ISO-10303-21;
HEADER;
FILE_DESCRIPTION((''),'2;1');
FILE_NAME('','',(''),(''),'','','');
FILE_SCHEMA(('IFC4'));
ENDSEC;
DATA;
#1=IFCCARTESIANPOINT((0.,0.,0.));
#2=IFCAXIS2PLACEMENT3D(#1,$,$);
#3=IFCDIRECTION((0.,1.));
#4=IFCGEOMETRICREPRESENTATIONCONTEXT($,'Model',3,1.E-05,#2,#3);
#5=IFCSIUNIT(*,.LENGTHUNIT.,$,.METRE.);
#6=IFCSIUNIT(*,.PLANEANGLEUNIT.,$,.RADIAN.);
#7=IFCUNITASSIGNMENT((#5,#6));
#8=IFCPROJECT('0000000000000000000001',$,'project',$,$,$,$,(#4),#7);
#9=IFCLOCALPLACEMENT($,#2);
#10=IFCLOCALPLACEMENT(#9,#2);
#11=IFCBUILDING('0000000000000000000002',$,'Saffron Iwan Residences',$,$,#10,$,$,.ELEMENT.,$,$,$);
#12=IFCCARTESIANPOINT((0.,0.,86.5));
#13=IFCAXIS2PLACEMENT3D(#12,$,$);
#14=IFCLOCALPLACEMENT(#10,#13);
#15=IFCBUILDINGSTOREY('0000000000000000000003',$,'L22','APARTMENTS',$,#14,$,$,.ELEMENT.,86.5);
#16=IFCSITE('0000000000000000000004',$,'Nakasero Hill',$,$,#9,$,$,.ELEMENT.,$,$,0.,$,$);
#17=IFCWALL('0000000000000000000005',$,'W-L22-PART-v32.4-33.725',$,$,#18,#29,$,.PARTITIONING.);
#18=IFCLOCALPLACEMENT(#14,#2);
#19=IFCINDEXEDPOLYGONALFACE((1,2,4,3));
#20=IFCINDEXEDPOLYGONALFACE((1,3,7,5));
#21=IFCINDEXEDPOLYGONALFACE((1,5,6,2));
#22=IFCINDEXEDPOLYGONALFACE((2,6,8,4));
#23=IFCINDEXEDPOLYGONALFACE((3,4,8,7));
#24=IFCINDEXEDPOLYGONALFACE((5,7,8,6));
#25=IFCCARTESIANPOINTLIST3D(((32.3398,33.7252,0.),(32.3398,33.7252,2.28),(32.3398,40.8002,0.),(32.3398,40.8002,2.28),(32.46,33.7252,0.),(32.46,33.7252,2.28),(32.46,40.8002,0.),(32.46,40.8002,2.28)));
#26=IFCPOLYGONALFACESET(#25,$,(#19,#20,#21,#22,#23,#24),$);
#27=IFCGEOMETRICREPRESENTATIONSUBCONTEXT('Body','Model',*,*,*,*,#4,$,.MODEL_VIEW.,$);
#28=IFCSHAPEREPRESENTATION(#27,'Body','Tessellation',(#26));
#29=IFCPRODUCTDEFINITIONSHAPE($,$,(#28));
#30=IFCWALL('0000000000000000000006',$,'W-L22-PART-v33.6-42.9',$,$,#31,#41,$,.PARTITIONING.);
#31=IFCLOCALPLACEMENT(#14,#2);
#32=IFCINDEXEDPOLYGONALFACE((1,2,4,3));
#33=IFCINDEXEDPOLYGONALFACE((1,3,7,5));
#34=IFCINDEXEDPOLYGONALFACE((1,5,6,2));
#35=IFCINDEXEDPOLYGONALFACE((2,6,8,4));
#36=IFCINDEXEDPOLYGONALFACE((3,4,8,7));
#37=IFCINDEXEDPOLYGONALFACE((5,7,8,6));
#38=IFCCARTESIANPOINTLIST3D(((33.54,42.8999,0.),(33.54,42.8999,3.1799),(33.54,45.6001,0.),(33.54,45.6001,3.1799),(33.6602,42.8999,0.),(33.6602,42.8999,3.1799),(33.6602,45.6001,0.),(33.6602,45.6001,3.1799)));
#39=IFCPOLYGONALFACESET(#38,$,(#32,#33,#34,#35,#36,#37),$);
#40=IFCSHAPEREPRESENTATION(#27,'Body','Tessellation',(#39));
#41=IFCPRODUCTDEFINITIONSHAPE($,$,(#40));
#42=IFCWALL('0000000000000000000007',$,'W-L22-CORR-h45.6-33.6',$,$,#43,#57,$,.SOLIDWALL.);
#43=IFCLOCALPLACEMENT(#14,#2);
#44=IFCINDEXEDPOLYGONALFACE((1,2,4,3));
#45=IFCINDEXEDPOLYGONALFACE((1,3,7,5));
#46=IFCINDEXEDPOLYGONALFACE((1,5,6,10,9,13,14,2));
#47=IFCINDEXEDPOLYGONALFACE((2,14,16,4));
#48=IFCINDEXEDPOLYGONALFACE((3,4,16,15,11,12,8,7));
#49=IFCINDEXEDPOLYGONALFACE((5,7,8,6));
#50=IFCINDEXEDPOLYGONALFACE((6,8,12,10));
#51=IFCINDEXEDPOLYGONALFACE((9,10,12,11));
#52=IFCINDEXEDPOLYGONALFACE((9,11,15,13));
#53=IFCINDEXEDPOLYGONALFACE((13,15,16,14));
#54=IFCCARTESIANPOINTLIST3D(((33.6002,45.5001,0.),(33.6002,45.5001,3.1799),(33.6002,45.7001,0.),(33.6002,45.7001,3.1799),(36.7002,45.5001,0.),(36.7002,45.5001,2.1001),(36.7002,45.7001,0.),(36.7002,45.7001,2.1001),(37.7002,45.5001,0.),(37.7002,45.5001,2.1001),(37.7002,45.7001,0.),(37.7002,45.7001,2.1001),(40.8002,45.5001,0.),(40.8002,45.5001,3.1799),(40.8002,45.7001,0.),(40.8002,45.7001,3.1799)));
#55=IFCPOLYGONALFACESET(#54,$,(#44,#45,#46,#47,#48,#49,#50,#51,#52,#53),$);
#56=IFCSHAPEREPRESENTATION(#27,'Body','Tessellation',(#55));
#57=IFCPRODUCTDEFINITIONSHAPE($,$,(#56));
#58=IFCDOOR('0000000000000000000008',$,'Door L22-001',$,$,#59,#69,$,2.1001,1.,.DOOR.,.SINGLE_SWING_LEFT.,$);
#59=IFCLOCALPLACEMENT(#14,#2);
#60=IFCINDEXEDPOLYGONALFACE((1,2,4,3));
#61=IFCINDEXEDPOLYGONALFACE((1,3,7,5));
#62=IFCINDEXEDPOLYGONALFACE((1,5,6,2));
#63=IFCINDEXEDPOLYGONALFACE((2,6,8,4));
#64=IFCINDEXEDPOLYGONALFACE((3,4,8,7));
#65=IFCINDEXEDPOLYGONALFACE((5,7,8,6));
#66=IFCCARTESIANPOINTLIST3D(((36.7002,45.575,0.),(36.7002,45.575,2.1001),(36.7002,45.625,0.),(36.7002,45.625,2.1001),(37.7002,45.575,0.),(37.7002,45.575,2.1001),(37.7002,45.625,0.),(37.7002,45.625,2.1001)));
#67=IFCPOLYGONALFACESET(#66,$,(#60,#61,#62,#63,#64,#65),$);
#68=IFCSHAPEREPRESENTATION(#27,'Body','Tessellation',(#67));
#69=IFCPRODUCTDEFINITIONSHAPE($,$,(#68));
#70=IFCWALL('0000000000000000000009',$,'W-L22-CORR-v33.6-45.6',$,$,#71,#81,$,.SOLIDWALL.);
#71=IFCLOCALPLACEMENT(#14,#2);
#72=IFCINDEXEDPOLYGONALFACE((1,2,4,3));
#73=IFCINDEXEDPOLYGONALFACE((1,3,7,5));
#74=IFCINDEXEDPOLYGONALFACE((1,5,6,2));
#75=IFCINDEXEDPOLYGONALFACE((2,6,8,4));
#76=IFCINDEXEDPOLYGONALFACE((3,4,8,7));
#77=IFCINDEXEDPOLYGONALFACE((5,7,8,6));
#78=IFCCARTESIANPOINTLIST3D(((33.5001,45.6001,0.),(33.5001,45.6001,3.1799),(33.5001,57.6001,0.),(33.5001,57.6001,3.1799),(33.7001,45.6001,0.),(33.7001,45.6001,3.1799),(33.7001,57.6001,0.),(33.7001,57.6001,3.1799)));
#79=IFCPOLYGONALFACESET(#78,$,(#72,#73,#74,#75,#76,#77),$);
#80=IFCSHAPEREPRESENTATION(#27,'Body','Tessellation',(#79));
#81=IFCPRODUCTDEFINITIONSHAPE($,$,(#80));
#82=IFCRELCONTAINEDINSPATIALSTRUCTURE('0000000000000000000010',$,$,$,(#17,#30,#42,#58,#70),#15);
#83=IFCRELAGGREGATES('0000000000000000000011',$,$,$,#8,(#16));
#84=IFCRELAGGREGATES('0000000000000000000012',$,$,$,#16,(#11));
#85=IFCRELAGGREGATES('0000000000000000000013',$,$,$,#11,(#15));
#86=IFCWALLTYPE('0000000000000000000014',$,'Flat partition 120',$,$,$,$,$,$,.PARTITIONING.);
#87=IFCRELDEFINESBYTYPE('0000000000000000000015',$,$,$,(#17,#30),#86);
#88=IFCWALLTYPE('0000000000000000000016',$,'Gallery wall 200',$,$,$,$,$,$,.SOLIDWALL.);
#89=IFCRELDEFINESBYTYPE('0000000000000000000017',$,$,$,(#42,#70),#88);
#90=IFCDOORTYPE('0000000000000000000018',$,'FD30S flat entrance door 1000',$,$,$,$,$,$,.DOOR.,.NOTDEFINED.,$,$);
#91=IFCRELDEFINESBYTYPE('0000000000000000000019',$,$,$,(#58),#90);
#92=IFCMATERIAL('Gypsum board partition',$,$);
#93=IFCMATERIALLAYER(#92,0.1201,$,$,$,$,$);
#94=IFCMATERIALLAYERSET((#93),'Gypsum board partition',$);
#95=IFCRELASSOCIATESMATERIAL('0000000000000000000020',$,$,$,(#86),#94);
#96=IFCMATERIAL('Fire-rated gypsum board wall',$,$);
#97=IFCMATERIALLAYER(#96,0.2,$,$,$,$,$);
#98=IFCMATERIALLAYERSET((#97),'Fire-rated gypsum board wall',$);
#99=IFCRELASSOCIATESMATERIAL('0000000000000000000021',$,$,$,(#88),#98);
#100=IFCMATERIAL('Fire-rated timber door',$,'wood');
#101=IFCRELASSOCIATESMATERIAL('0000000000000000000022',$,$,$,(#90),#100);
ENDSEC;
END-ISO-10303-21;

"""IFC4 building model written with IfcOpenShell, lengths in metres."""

from ifc_helpers import new_model, si_unit, direction, frame, frame_2d, origin, place, context, subcontext, project, spatial, rectangle, extrude, material, layer, layer_set, type_object, element, fill, save


model = new_model("IFC4")

# Units and contexts
model_context = context("Model", 3, precision=1e-05, world=origin(), true_north=direction((0.0, 1.0)))
body_context = subcontext(model_context, "Body", "Model", "MODEL_VIEW")
ifc_project = project(units=[si_unit("LENGTHUNIT", "METRE"), si_unit("PLANEANGLEUNIT", "RADIAN")], contexts=[model_context])

# Site, building, storey
site_placement = place(None, origin())
site = spatial("IfcSite", under=ifc_project, at=site_placement, Name="Nakasero Hill", CompositionType="ELEMENT", RefElevation=0.0)
building_placement = place(site_placement, origin())
building = spatial("IfcBuilding", under=site, at=building_placement, Name="Saffron Iwan Residences", CompositionType="ELEMENT")
storey_placement = place(building_placement, frame((0.0, 0.0, 86.5)))
storey = spatial("IfcBuildingStorey", under=building, at=storey_placement, Name="L22", Description="APARTMENTS", CompositionType="ELEMENT", Elevation=86.5)

# Shared definitions
ifc_material_1 = material(Name="Gypsum board partition")
ifc_layer_1 = layer(ifc_material_1, 0.1201)
ifc_layer_set_1 = layer_set([ifc_layer_1], Name="Gypsum board partition")
wall_type_1 = type_object("IfcWallType", Name="Flat partition 120", PredefinedType="PARTITIONING", material=ifc_layer_set_1)

# Walls
wall_1_placement = place(storey_placement, frame((32.3999, 33.7251, 0.0), z_axis=(0.0, 0.0, 1.0), x_axis=(0.0, 1.0, 0.0)))
element("IfcWall", 1, at=wall_1_placement, inside=storey, type_object=wall_type_1, Name="W-L22-PART-v32.4-33.725", PredefinedType="PARTITIONING", context=body_context, shape_type="SweptSolid", body=[
    extrude(rectangle(XDim=7.075, YDim=0.1201, at=frame_2d((3.5376, 0.0))), origin(), (0.0, 0.0, 1.0), 2.28),
])
wall_2_placement = place(storey_placement, frame((33.6001, 42.8999, 0.0), z_axis=(0.0, 0.0, 1.0), x_axis=(0.0, 1.0, 0.0)))
element("IfcWall", 2, at=wall_2_placement, inside=storey, type_object=wall_type_1, Name="W-L22-PART-v33.6-42.9", PredefinedType="PARTITIONING", context=body_context, shape_type="SweptSolid", body=[
    extrude(rectangle(XDim=2.7002, YDim=0.1201, at=frame_2d((1.3501, 0.0))), origin(), (0.0, 0.0, 1.0), 3.1799),
])

# Wall, opening, door
ifc_material_2 = material(Name="Fire-rated gypsum board wall")
ifc_layer_2 = layer(ifc_material_2, 0.2)
ifc_layer_set_2 = layer_set([ifc_layer_2], Name="Fire-rated gypsum board wall")
wall_type_2 = type_object("IfcWallType", Name="Gallery wall 200", PredefinedType="SOLIDWALL", material=ifc_layer_set_2)
wall_3_placement = place(storey_placement, frame((33.6001, 45.6001, 0.0), z_axis=(0.0, 0.0, 1.0), x_axis=(1.0, 0.0, 0.0)))
wall_3 = element("IfcWall", 3, at=wall_3_placement, inside=storey, type_object=wall_type_2, Name="W-L22-CORR-h45.6-33.6", PredefinedType="SOLIDWALL", context=body_context, shape_type="SweptSolid", body=[
    extrude(rectangle(XDim=7.2, YDim=0.2, at=frame_2d((3.6001, 0.0))), origin(), (0.0, 0.0, 1.0), 3.1799),
])
opening_1_placement = place(wall_3_placement, frame((3.1001, 0.0, 0.0)))
opening_1 = element("IfcOpeningElement", 4, at=opening_1_placement, cuts=wall_3, PredefinedType="OPENING", context=body_context, shape_type="SweptSolid", body=[
    extrude(rectangle(XDim=1.0, YDim=2.1001, at=frame_2d((0.5, 1.05))), frame((0.0, 0.1099, 0.0), z_axis=(0.0, -1.0, 0.0), x_axis=(1.0, 0.0, 0.0)), (0.0, 0.0, 1.0), 0.22),
])
ifc_material_3 = material(Name="Fire-rated timber door", Category="wood")
door_type_1 = type_object("IfcDoorType", Name="FD30S flat entrance door 1000", OperationType="NOTDEFINED", PredefinedType="DOOR", material=ifc_material_3)
door_1_placement = place(opening_1_placement, origin())
door_1 = element("IfcDoor", 5, at=door_1_placement, inside=storey, type_object=door_type_1, Name="Door L22-001", OperationType="SINGLE_SWING_LEFT", OverallHeight=2.1001, OverallWidth=1.0, PredefinedType="DOOR", context=body_context, shape_type="SweptSolid", body=[
    extrude(rectangle(XDim=1.0, YDim=2.1001, at=frame_2d((0.5, 1.05))), frame((0.0, 0.0249, 0.0), z_axis=(0.0, -1.0, 0.0), x_axis=(1.0, 0.0, 0.0)), (0.0, 0.0, 1.0), 0.05),
])
fill(opening_1, door_1)

# Wall
wall_4_placement = place(storey_placement, frame((33.6001, 45.6001, 0.0), z_axis=(0.0, 0.0, 1.0), x_axis=(0.0, 1.0, 0.0)))
element("IfcWall", 6, at=wall_4_placement, inside=storey, type_object=wall_type_2, Name="W-L22-CORR-v33.6-45.6", PredefinedType="SOLIDWALL", context=body_context, shape_type="SweptSolid", body=[
    extrude(rectangle(XDim=12.0, YDim=0.2, at=frame_2d((6.0, 0.0))), origin(), (0.0, 0.0, 1.0), 3.1799),
])

save(model, "model.ifc")
